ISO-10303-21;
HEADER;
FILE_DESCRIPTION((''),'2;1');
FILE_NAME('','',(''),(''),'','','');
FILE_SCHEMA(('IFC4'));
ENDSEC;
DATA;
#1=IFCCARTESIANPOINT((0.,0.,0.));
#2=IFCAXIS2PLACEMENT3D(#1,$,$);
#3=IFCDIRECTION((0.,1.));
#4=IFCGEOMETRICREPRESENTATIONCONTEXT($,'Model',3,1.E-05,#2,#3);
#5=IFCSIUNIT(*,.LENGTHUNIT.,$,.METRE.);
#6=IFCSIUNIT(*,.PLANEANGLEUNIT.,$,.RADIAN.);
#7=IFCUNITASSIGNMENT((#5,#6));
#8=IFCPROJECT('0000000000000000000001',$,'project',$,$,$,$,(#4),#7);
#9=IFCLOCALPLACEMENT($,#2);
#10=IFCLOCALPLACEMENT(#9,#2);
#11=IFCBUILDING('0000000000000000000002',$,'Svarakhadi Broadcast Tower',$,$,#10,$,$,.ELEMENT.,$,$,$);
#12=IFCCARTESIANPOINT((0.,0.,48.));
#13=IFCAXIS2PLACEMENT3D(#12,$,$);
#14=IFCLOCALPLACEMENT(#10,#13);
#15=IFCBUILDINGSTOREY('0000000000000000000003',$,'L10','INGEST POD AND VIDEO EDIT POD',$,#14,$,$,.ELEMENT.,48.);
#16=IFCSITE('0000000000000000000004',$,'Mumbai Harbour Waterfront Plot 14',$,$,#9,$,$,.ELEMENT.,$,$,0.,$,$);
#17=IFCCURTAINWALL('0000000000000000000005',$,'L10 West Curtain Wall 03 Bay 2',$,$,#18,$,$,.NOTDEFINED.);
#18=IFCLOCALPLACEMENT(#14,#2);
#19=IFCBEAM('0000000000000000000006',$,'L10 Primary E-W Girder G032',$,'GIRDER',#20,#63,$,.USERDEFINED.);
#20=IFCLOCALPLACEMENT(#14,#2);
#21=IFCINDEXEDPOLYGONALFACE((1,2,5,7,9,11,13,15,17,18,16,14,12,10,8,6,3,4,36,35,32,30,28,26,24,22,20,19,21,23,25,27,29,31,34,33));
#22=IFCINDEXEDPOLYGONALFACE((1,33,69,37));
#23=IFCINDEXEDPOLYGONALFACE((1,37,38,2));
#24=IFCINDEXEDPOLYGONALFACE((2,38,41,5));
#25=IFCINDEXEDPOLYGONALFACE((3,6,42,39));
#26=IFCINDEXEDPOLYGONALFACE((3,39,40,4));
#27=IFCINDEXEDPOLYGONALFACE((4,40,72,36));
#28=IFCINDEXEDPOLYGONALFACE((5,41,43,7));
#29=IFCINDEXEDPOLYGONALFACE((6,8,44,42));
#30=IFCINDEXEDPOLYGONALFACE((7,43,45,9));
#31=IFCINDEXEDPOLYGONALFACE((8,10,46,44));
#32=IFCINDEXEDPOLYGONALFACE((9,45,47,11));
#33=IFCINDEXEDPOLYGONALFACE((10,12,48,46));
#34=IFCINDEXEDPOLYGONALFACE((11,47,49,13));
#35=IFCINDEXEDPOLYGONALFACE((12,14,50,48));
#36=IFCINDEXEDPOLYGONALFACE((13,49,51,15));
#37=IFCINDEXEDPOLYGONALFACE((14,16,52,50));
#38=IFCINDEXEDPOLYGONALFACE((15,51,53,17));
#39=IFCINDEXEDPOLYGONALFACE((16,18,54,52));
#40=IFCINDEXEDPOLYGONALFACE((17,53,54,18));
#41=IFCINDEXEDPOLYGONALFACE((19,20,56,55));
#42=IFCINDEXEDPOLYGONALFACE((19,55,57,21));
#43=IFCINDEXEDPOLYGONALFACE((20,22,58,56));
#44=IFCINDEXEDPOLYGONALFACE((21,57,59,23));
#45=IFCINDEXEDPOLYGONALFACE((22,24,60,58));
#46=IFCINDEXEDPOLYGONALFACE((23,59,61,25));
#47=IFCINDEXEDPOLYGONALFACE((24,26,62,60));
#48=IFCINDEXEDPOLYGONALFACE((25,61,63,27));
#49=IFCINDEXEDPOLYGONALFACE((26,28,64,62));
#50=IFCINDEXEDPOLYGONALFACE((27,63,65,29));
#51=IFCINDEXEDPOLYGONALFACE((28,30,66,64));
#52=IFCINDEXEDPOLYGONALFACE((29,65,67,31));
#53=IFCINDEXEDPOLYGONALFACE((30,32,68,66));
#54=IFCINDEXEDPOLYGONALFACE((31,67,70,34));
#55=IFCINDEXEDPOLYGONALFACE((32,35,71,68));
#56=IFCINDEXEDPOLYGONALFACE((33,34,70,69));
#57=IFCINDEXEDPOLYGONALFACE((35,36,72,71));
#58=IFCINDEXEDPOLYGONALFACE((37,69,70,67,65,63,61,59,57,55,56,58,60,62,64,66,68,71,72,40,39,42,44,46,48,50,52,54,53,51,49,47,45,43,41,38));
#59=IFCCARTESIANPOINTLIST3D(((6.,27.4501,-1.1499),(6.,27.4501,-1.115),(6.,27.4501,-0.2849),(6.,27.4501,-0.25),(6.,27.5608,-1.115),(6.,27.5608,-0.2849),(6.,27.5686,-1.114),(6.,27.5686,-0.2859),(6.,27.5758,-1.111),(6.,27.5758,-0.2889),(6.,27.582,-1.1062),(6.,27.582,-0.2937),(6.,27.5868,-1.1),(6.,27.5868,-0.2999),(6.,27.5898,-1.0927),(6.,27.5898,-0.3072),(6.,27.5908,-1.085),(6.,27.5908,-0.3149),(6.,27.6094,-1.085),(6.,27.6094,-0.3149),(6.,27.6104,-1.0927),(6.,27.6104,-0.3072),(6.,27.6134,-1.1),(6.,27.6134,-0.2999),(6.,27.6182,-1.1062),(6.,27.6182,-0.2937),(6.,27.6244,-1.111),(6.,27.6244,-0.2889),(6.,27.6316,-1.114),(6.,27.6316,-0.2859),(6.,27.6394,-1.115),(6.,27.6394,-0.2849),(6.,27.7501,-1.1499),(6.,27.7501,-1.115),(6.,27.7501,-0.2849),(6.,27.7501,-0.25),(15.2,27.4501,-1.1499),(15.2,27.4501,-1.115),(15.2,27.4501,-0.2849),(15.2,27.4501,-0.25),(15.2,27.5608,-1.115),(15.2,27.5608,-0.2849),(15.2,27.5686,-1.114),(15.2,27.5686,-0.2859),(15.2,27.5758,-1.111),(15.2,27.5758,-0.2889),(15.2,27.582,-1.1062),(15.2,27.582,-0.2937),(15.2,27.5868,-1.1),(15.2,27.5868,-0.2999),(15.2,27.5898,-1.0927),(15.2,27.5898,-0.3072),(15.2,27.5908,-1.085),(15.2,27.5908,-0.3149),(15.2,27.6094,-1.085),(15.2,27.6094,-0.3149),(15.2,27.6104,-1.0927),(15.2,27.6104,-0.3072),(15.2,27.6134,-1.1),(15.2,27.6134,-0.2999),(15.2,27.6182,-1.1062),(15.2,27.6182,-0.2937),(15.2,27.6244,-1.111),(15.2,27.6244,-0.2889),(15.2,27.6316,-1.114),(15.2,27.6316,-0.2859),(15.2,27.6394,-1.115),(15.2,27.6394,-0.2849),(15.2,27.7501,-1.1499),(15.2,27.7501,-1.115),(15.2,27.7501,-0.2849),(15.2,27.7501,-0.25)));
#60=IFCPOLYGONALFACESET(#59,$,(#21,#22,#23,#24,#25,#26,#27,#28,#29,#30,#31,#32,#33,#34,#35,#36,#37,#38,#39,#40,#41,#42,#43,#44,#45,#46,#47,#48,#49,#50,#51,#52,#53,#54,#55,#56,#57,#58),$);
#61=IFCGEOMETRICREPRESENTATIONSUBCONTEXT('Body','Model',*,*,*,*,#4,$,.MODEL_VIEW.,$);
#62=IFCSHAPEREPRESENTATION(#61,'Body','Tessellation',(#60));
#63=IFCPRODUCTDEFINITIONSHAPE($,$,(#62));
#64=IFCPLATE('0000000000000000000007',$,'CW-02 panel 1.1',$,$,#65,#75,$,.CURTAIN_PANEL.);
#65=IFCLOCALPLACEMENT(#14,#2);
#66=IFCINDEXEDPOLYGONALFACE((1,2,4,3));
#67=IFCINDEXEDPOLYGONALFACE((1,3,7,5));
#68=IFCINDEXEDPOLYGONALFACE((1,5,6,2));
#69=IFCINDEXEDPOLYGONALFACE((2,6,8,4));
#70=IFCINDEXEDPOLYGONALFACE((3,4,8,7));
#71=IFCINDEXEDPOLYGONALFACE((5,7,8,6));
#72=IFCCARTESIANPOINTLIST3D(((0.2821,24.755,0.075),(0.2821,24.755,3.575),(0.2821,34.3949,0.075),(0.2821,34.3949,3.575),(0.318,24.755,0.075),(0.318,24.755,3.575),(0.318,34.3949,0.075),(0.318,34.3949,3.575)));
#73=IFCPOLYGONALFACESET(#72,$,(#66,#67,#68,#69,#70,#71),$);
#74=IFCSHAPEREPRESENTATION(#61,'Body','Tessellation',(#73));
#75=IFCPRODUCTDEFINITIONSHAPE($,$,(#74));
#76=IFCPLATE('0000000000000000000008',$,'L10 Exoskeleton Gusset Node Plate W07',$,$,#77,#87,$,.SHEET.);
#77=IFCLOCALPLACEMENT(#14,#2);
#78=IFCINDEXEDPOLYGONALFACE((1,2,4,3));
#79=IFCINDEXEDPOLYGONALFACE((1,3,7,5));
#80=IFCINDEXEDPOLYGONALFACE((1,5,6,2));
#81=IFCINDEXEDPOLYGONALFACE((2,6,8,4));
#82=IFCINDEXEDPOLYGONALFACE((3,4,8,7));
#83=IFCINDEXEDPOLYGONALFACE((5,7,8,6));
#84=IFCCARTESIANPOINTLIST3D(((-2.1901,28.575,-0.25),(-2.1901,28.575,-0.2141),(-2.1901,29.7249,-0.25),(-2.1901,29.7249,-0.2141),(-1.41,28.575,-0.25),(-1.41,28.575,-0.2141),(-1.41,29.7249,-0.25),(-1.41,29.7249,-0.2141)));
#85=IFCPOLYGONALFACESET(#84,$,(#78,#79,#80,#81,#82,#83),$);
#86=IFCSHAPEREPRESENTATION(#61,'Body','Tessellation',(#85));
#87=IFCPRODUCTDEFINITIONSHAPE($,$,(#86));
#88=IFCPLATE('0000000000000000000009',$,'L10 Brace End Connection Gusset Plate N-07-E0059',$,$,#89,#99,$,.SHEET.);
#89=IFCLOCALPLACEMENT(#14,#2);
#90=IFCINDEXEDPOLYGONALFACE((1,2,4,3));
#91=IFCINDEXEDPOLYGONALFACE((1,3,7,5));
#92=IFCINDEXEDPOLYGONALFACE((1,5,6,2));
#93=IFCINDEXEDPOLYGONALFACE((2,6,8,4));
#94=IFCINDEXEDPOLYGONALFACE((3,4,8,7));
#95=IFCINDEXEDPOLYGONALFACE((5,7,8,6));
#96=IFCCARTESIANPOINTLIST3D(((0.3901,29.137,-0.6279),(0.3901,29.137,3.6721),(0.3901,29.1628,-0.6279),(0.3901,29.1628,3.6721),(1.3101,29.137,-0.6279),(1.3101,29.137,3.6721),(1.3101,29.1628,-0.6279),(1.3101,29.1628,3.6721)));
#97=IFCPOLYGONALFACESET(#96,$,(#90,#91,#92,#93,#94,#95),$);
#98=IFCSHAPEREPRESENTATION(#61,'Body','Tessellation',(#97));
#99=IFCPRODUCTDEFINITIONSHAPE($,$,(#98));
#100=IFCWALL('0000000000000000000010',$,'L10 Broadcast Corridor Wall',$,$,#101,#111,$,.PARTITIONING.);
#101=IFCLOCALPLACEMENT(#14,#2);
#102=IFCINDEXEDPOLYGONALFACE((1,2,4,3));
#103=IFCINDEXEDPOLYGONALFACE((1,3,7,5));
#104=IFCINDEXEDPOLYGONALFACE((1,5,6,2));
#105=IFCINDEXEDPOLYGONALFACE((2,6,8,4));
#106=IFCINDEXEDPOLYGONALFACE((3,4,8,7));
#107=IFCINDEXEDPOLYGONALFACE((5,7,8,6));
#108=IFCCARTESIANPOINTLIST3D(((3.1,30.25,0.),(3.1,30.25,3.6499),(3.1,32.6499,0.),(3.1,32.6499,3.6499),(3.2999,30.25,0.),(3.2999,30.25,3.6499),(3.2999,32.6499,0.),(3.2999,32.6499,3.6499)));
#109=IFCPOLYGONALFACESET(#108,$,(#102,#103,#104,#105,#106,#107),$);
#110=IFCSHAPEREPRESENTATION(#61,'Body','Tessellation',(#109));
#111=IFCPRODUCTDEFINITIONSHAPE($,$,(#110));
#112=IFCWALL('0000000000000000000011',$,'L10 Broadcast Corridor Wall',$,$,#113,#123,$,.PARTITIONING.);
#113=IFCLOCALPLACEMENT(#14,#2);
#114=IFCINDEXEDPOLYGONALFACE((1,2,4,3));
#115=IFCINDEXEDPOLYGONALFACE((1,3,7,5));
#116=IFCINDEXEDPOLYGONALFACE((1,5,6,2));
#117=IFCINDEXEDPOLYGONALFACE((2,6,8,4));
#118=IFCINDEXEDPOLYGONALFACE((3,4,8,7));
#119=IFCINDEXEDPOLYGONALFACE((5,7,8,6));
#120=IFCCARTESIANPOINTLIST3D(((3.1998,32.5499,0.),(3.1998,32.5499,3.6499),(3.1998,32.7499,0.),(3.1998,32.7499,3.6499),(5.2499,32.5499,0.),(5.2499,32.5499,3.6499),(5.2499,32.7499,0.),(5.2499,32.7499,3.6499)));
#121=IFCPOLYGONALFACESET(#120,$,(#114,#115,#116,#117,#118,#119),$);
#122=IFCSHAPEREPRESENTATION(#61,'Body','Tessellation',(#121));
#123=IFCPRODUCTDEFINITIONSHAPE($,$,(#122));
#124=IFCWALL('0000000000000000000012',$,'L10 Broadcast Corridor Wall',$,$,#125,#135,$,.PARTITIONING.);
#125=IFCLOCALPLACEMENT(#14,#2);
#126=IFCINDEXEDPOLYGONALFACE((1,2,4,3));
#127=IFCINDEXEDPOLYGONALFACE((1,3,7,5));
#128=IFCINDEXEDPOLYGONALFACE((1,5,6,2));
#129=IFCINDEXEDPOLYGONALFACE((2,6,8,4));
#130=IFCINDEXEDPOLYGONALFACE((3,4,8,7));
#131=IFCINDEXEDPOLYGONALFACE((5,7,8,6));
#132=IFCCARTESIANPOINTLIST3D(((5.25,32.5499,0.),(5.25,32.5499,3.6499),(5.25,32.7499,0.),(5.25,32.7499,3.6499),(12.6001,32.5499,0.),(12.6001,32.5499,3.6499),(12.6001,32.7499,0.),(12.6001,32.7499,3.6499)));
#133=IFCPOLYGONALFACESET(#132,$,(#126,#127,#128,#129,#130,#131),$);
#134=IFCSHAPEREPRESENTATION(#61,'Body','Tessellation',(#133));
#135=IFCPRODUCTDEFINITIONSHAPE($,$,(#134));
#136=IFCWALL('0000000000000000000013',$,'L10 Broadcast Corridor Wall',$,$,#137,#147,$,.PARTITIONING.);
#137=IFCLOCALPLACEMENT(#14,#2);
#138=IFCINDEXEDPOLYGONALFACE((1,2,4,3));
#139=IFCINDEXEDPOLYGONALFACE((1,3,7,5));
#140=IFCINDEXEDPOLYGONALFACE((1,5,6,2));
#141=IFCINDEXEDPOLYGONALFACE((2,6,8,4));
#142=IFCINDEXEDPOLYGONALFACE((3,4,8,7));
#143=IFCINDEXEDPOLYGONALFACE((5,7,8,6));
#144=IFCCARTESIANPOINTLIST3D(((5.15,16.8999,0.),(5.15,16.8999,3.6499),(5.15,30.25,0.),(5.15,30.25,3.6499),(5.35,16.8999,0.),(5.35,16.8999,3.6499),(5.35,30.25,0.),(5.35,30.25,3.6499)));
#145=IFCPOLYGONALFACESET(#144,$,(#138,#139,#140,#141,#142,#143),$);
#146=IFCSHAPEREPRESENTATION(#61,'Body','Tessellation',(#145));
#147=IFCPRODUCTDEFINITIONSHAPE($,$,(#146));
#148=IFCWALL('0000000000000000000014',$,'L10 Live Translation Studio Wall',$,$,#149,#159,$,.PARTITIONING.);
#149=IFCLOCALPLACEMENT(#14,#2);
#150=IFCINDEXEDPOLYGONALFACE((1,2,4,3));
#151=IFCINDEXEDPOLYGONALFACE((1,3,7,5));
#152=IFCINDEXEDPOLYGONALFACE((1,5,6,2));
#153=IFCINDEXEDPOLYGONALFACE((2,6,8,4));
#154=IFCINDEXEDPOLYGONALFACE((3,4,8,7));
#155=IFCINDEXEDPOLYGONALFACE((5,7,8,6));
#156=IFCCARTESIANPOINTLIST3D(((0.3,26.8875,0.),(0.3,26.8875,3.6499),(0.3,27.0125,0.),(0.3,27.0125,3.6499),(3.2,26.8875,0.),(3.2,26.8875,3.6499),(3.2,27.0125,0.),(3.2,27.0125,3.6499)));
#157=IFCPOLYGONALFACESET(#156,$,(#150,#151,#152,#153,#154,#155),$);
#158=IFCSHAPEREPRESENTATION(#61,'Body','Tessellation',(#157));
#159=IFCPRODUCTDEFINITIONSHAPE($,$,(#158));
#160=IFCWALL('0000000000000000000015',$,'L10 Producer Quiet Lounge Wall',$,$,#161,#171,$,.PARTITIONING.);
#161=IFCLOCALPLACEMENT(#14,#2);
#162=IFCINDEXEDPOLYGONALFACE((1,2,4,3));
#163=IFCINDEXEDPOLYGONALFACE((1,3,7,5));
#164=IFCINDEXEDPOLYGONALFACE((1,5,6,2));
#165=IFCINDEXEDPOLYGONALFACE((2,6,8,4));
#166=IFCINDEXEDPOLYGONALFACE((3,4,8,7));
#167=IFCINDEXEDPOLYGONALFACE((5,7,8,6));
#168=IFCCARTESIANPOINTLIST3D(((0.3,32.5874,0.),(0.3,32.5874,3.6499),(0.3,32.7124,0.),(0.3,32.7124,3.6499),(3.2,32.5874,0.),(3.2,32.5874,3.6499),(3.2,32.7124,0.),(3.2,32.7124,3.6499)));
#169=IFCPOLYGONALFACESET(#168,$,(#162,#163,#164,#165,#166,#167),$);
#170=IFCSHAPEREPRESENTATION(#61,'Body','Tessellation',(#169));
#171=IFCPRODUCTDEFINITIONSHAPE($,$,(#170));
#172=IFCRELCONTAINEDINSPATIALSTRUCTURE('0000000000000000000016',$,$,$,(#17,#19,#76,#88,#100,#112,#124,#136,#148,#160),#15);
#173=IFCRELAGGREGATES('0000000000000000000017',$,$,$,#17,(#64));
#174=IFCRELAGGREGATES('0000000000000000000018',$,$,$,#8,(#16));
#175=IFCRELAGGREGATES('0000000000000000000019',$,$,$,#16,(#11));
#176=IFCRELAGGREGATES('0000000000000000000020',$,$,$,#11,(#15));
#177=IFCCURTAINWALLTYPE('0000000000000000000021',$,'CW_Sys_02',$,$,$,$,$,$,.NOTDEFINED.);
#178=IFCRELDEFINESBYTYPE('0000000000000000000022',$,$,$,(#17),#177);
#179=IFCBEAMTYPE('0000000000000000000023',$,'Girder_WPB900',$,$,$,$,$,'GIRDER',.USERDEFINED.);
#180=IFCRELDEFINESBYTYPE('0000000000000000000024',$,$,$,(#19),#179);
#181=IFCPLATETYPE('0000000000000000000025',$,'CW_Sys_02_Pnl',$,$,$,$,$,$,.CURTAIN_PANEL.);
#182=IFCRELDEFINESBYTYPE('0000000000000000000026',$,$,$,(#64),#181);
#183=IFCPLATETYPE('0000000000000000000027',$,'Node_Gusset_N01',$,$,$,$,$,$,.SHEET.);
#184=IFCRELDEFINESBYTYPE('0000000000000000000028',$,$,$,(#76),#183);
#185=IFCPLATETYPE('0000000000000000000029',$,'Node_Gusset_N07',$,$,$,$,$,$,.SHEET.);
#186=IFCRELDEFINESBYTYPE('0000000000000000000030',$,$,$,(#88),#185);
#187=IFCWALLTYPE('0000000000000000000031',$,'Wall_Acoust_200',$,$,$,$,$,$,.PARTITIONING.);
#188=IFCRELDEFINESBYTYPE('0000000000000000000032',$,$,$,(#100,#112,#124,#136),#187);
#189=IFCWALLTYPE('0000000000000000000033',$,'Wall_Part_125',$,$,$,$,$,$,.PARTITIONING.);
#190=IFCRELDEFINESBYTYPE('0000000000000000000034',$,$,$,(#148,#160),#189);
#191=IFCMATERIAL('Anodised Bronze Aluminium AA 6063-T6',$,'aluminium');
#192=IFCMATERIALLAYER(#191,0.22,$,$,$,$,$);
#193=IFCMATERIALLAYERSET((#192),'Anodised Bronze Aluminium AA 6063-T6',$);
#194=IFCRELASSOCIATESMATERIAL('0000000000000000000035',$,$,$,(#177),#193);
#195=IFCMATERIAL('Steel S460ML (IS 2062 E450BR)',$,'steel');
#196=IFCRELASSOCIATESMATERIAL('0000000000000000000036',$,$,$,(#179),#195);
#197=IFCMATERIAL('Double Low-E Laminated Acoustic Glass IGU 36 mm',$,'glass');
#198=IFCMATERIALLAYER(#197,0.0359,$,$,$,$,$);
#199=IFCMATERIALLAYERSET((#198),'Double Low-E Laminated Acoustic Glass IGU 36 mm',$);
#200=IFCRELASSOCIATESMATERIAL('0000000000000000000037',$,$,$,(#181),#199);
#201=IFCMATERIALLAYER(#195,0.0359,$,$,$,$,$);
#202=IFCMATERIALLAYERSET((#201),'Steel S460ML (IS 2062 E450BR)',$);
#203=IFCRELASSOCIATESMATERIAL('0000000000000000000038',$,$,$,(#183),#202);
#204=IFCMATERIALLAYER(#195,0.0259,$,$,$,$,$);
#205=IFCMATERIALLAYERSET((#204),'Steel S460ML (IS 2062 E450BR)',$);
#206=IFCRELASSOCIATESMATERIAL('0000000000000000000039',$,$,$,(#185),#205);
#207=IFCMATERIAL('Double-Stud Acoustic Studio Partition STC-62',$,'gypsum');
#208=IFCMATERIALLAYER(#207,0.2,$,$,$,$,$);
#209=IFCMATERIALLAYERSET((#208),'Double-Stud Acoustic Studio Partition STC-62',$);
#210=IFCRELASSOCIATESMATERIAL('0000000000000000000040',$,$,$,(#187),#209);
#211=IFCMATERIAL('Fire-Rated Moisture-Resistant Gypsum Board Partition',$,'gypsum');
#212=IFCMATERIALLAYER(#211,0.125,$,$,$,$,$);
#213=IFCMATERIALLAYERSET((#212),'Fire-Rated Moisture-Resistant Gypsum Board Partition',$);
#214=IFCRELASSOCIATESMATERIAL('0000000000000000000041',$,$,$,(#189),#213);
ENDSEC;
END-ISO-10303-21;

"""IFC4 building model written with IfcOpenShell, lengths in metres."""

from ifc_helpers import new_model, si_unit, direction, frame, frame_2d, origin, origin_2d, place, context, subcontext, project, spatial, rectangle, i_section, extrude, material, layer, layer_set, material_profile, profile_set, type_object, element, aggregate, save


model = new_model("IFC4")

# Units and contexts
model_context = context("Model", 3, precision=1e-05, world=origin(), true_north=direction((0.0, 1.0)))
body_context = subcontext(model_context, "Body", "Model", "MODEL_VIEW")
ifc_project = project(units=[si_unit("LENGTHUNIT", "METRE"), si_unit("PLANEANGLEUNIT", "RADIAN")], contexts=[model_context])

# Site, building, storey
site_placement = place(None, origin())
site = spatial("IfcSite", under=ifc_project, at=site_placement, Name="Mumbai Harbour Waterfront Plot 14", CompositionType="ELEMENT", RefElevation=0.0)
building_placement = place(site_placement, origin())
building = spatial("IfcBuilding", under=site, at=building_placement, Name="Svarakhadi Broadcast Tower", CompositionType="ELEMENT")
storey_placement = place(building_placement, frame((0.0, 0.0, 48.0)))
storey = spatial("IfcBuildingStorey", under=building, at=storey_placement, Name="L10", Description="INGEST POD AND VIDEO EDIT POD", CompositionType="ELEMENT", Elevation=48.0)

# Shared definitions
ifc_material_1 = material(Name="Steel S460ML (IS 2062 E450BR)", Category="steel")

# Shared definitions
ifc_material_2 = material(Name="Anodised Bronze Aluminium AA 6063-T6", Category="aluminium")
ifc_layer_1 = layer(ifc_material_2, 0.22)
ifc_layer_set_1 = layer_set([ifc_layer_1], Name="Anodised Bronze Aluminium AA 6063-T6")
curtain_wall_type = type_object("IfcCurtainWallType", Name="CW_Sys_02", PredefinedType="NOTDEFINED", material=ifc_layer_set_1)

# Curtain wall
curtain_wall_1_placement = place(storey_placement, origin())
curtain_wall_1 = element("IfcCurtainWall", 1, at=curtain_wall_1_placement, inside=storey, type_object=curtain_wall_type, Name="L10 West Curtain Wall 03 Bay 2", PredefinedType="NOTDEFINED")

# Beam
ifc_material_profile_1 = material_profile(ifc_material_1, i_section(OverallWidth=0.3, OverallDepth=0.8999, WebThickness=0.0186, FlangeThickness=0.0349, FilletRadius=0.03, at=origin_2d()), Name="WPB 900x300x291")
ifc_profile_set_1 = profile_set([ifc_material_profile_1], Name="Steel S460ML (IS 2062 E450BR)")
beam_type_1 = type_object("IfcBeamType", Name="Girder_WPB900", ElementType="GIRDER", PredefinedType="USERDEFINED", material=ifc_profile_set_1)
beam_1_placement = place(storey_placement, frame((6.0, 27.6001, -0.7), z_axis=(1.0, 0.0, 0.0), x_axis=(0.0, 1.0, 0.0)))
element("IfcBeam", 2, at=beam_1_placement, inside=storey, type_object=beam_type_1, Name="L10 Primary E-W Girder G032", ObjectType="GIRDER", PredefinedType="USERDEFINED", context=body_context, shape_type="SweptSolid", body=[
    extrude(i_section(OverallWidth=0.3, OverallDepth=0.8999, WebThickness=0.0186, FlangeThickness=0.0349, FilletRadius=0.03, at=origin_2d()), origin(), (0.0, 0.0, 1.0), 9.2),
])

# Plate
ifc_material_3 = material(Name="Double Low-E Laminated Acoustic Glass IGU 36 mm", Category="glass")
ifc_layer_2 = layer(ifc_material_3, 0.0359)
ifc_layer_set_2 = layer_set([ifc_layer_2], Name="Double Low-E Laminated Acoustic Glass IGU 36 mm")
plate_type_1 = type_object("IfcPlateType", Name="CW_Sys_02_Pnl", PredefinedType="CURTAIN_PANEL", material=ifc_layer_set_2)
plate_1_placement = place(storey_placement, frame((0.3, 29.575, 0.075), z_axis=(0.0, 0.0, 1.0), x_axis=(0.0, 1.0, 0.0)))
plate_1 = element("IfcPlate", 3, at=plate_1_placement, type_object=plate_type_1, Name="CW-02 panel 1.1", PredefinedType="CURTAIN_PANEL", context=body_context, shape_type="SweptSolid", body=[
    extrude(rectangle(XDim=9.6399, YDim=0.0359, at=origin_2d()), origin(), (0.0, 0.0, 1.0), 3.5),
])
aggregate(curtain_wall_1, [plate_1])

# Plates
ifc_layer_3 = layer(ifc_material_1, 0.0359)
ifc_layer_set_3 = layer_set([ifc_layer_3], Name="Steel S460ML (IS 2062 E450BR)")
plate_type_2 = type_object("IfcPlateType", Name="Node_Gusset_N01", PredefinedType="SHEET", material=ifc_layer_set_3)
plate_2_placement = place(storey_placement, frame((-1.8, 29.1499, -0.25), z_axis=(0.0, 0.0, 1.0), x_axis=(0.0, 1.0, 0.0)))
element("IfcPlate", 4, at=plate_2_placement, inside=storey, type_object=plate_type_2, Name="L10 Exoskeleton Gusset Node Plate W07", PredefinedType="SHEET", context=body_context, shape_type="SweptSolid", body=[
    extrude(rectangle(XDim=1.1499, YDim=0.78, at=origin_2d()), origin(), (0.0, 0.0, 1.0), 0.0359),
])
ifc_layer_4 = layer(ifc_material_1, 0.0259)
ifc_layer_set_4 = layer_set([ifc_layer_4], Name="Steel S460ML (IS 2062 E450BR)")
plate_type_3 = type_object("IfcPlateType", Name="Node_Gusset_N07", PredefinedType="SHEET", material=ifc_layer_set_4)
plate_3_placement = place(storey_placement, frame((0.8501, 29.1499, -0.6279), z_axis=(0.0, 0.0, 1.0), x_axis=(1.0, 0.0, 0.0)))
element("IfcPlate", 5, at=plate_3_placement, inside=storey, type_object=plate_type_3, Name="L10 Brace End Connection Gusset Plate N-07-E0059", PredefinedType="SHEET", context=body_context, shape_type="SweptSolid", body=[
    extrude(rectangle(XDim=0.9199, YDim=0.0259, at=origin_2d()), origin(), (0.0, 0.0, 1.0), 4.3),
])

# Walls
ifc_material_4 = material(Name="Double-Stud Acoustic Studio Partition STC-62", Category="gypsum")
ifc_layer_5 = layer(ifc_material_4, 0.2)
ifc_layer_set_5 = layer_set([ifc_layer_5], Name="Double-Stud Acoustic Studio Partition STC-62")
wall_type_1 = type_object("IfcWallType", Name="Wall_Acoust_200", PredefinedType="PARTITIONING", material=ifc_layer_set_5)
wall_1_placement = place(storey_placement, frame((3.2, 30.25, 0.0), z_axis=(0.0, 0.0, 1.0), x_axis=(0.0, 1.0, 0.0)))
element("IfcWall", 6, at=wall_1_placement, inside=storey, type_object=wall_type_1, Name="L10 Broadcast Corridor Wall", PredefinedType="PARTITIONING", context=body_context, shape_type="SweptSolid", body=[
    extrude(rectangle(XDim=2.3999, YDim=0.2, at=frame_2d((1.2, 0.0))), origin(), (0.0, 0.0, 1.0), 3.6499),
])
wall_2_placement = place(storey_placement, frame((3.2, 32.6499, 0.0), z_axis=(0.0, 0.0, 1.0), x_axis=(1.0, 0.0, 0.0)))
element("IfcWall", 7, at=wall_2_placement, inside=storey, type_object=wall_type_1, Name="L10 Broadcast Corridor Wall", PredefinedType="PARTITIONING", context=body_context, shape_type="SweptSolid", body=[
    extrude(rectangle(XDim=2.05, YDim=0.2, at=frame_2d((1.0249, 0.0))), origin(), (0.0, 0.0, 1.0), 3.6499),
])
wall_3_placement = place(storey_placement, frame((5.25, 32.6499, 0.0), z_axis=(0.0, 0.0, 1.0), x_axis=(1.0, 0.0, 0.0)))
element("IfcWall", 8, at=wall_3_placement, inside=storey, type_object=wall_type_1, Name="L10 Broadcast Corridor Wall", PredefinedType="PARTITIONING", context=body_context, shape_type="SweptSolid", body=[
    extrude(rectangle(XDim=7.3501, YDim=0.2, at=frame_2d((3.675, 0.0))), origin(), (0.0, 0.0, 1.0), 3.6499),
])
wall_4_placement = place(storey_placement, frame((5.25, 30.25, 0.0), z_axis=(0.0, 0.0, 1.0), x_axis=(0.0, -1.0, 0.0)))
element("IfcWall", 9, at=wall_4_placement, inside=storey, type_object=wall_type_1, Name="L10 Broadcast Corridor Wall", PredefinedType="PARTITIONING", context=body_context, shape_type="SweptSolid", body=[
    extrude(rectangle(XDim=13.3501, YDim=0.2, at=frame_2d((6.675, 0.0))), origin(), (0.0, 0.0, 1.0), 3.6499),
])
ifc_material_5 = material(Name="Fire-Rated Moisture-Resistant Gypsum Board Partition", Category="gypsum")
ifc_layer_6 = layer(ifc_material_5, 0.125)
ifc_layer_set_6 = layer_set([ifc_layer_6], Name="Fire-Rated Moisture-Resistant Gypsum Board Partition")
wall_type_2 = type_object("IfcWallType", Name="Wall_Part_125", PredefinedType="PARTITIONING", material=ifc_layer_set_6)
for number, where, z_axis, x_axis, name in (
    (10, (0.3, 26.95, 0.0), (0.0, 0.0, 1.0), (1.0, 0.0, 0.0), "L10 Live Translation Studio Wall"),
    (11, (0.3, 32.6499, 0.0), (0.0, 0.0, 1.0), (1.0, 0.0, 0.0), "L10 Producer Quiet Lounge Wall"),
):
    element("IfcWall", number, at=place(storey_placement, frame(where, z_axis=z_axis, x_axis=x_axis)), inside=storey, type_object=wall_type_2, Name=name, PredefinedType="PARTITIONING", context=body_context, shape_type="SweptSolid", body=[
        extrude(rectangle(XDim=2.8999, YDim=0.125, at=frame_2d((1.45, 0.0))), origin(), (0.0, 0.0, 1.0), 3.6499),
    ])

save(model, "model.ifc")
